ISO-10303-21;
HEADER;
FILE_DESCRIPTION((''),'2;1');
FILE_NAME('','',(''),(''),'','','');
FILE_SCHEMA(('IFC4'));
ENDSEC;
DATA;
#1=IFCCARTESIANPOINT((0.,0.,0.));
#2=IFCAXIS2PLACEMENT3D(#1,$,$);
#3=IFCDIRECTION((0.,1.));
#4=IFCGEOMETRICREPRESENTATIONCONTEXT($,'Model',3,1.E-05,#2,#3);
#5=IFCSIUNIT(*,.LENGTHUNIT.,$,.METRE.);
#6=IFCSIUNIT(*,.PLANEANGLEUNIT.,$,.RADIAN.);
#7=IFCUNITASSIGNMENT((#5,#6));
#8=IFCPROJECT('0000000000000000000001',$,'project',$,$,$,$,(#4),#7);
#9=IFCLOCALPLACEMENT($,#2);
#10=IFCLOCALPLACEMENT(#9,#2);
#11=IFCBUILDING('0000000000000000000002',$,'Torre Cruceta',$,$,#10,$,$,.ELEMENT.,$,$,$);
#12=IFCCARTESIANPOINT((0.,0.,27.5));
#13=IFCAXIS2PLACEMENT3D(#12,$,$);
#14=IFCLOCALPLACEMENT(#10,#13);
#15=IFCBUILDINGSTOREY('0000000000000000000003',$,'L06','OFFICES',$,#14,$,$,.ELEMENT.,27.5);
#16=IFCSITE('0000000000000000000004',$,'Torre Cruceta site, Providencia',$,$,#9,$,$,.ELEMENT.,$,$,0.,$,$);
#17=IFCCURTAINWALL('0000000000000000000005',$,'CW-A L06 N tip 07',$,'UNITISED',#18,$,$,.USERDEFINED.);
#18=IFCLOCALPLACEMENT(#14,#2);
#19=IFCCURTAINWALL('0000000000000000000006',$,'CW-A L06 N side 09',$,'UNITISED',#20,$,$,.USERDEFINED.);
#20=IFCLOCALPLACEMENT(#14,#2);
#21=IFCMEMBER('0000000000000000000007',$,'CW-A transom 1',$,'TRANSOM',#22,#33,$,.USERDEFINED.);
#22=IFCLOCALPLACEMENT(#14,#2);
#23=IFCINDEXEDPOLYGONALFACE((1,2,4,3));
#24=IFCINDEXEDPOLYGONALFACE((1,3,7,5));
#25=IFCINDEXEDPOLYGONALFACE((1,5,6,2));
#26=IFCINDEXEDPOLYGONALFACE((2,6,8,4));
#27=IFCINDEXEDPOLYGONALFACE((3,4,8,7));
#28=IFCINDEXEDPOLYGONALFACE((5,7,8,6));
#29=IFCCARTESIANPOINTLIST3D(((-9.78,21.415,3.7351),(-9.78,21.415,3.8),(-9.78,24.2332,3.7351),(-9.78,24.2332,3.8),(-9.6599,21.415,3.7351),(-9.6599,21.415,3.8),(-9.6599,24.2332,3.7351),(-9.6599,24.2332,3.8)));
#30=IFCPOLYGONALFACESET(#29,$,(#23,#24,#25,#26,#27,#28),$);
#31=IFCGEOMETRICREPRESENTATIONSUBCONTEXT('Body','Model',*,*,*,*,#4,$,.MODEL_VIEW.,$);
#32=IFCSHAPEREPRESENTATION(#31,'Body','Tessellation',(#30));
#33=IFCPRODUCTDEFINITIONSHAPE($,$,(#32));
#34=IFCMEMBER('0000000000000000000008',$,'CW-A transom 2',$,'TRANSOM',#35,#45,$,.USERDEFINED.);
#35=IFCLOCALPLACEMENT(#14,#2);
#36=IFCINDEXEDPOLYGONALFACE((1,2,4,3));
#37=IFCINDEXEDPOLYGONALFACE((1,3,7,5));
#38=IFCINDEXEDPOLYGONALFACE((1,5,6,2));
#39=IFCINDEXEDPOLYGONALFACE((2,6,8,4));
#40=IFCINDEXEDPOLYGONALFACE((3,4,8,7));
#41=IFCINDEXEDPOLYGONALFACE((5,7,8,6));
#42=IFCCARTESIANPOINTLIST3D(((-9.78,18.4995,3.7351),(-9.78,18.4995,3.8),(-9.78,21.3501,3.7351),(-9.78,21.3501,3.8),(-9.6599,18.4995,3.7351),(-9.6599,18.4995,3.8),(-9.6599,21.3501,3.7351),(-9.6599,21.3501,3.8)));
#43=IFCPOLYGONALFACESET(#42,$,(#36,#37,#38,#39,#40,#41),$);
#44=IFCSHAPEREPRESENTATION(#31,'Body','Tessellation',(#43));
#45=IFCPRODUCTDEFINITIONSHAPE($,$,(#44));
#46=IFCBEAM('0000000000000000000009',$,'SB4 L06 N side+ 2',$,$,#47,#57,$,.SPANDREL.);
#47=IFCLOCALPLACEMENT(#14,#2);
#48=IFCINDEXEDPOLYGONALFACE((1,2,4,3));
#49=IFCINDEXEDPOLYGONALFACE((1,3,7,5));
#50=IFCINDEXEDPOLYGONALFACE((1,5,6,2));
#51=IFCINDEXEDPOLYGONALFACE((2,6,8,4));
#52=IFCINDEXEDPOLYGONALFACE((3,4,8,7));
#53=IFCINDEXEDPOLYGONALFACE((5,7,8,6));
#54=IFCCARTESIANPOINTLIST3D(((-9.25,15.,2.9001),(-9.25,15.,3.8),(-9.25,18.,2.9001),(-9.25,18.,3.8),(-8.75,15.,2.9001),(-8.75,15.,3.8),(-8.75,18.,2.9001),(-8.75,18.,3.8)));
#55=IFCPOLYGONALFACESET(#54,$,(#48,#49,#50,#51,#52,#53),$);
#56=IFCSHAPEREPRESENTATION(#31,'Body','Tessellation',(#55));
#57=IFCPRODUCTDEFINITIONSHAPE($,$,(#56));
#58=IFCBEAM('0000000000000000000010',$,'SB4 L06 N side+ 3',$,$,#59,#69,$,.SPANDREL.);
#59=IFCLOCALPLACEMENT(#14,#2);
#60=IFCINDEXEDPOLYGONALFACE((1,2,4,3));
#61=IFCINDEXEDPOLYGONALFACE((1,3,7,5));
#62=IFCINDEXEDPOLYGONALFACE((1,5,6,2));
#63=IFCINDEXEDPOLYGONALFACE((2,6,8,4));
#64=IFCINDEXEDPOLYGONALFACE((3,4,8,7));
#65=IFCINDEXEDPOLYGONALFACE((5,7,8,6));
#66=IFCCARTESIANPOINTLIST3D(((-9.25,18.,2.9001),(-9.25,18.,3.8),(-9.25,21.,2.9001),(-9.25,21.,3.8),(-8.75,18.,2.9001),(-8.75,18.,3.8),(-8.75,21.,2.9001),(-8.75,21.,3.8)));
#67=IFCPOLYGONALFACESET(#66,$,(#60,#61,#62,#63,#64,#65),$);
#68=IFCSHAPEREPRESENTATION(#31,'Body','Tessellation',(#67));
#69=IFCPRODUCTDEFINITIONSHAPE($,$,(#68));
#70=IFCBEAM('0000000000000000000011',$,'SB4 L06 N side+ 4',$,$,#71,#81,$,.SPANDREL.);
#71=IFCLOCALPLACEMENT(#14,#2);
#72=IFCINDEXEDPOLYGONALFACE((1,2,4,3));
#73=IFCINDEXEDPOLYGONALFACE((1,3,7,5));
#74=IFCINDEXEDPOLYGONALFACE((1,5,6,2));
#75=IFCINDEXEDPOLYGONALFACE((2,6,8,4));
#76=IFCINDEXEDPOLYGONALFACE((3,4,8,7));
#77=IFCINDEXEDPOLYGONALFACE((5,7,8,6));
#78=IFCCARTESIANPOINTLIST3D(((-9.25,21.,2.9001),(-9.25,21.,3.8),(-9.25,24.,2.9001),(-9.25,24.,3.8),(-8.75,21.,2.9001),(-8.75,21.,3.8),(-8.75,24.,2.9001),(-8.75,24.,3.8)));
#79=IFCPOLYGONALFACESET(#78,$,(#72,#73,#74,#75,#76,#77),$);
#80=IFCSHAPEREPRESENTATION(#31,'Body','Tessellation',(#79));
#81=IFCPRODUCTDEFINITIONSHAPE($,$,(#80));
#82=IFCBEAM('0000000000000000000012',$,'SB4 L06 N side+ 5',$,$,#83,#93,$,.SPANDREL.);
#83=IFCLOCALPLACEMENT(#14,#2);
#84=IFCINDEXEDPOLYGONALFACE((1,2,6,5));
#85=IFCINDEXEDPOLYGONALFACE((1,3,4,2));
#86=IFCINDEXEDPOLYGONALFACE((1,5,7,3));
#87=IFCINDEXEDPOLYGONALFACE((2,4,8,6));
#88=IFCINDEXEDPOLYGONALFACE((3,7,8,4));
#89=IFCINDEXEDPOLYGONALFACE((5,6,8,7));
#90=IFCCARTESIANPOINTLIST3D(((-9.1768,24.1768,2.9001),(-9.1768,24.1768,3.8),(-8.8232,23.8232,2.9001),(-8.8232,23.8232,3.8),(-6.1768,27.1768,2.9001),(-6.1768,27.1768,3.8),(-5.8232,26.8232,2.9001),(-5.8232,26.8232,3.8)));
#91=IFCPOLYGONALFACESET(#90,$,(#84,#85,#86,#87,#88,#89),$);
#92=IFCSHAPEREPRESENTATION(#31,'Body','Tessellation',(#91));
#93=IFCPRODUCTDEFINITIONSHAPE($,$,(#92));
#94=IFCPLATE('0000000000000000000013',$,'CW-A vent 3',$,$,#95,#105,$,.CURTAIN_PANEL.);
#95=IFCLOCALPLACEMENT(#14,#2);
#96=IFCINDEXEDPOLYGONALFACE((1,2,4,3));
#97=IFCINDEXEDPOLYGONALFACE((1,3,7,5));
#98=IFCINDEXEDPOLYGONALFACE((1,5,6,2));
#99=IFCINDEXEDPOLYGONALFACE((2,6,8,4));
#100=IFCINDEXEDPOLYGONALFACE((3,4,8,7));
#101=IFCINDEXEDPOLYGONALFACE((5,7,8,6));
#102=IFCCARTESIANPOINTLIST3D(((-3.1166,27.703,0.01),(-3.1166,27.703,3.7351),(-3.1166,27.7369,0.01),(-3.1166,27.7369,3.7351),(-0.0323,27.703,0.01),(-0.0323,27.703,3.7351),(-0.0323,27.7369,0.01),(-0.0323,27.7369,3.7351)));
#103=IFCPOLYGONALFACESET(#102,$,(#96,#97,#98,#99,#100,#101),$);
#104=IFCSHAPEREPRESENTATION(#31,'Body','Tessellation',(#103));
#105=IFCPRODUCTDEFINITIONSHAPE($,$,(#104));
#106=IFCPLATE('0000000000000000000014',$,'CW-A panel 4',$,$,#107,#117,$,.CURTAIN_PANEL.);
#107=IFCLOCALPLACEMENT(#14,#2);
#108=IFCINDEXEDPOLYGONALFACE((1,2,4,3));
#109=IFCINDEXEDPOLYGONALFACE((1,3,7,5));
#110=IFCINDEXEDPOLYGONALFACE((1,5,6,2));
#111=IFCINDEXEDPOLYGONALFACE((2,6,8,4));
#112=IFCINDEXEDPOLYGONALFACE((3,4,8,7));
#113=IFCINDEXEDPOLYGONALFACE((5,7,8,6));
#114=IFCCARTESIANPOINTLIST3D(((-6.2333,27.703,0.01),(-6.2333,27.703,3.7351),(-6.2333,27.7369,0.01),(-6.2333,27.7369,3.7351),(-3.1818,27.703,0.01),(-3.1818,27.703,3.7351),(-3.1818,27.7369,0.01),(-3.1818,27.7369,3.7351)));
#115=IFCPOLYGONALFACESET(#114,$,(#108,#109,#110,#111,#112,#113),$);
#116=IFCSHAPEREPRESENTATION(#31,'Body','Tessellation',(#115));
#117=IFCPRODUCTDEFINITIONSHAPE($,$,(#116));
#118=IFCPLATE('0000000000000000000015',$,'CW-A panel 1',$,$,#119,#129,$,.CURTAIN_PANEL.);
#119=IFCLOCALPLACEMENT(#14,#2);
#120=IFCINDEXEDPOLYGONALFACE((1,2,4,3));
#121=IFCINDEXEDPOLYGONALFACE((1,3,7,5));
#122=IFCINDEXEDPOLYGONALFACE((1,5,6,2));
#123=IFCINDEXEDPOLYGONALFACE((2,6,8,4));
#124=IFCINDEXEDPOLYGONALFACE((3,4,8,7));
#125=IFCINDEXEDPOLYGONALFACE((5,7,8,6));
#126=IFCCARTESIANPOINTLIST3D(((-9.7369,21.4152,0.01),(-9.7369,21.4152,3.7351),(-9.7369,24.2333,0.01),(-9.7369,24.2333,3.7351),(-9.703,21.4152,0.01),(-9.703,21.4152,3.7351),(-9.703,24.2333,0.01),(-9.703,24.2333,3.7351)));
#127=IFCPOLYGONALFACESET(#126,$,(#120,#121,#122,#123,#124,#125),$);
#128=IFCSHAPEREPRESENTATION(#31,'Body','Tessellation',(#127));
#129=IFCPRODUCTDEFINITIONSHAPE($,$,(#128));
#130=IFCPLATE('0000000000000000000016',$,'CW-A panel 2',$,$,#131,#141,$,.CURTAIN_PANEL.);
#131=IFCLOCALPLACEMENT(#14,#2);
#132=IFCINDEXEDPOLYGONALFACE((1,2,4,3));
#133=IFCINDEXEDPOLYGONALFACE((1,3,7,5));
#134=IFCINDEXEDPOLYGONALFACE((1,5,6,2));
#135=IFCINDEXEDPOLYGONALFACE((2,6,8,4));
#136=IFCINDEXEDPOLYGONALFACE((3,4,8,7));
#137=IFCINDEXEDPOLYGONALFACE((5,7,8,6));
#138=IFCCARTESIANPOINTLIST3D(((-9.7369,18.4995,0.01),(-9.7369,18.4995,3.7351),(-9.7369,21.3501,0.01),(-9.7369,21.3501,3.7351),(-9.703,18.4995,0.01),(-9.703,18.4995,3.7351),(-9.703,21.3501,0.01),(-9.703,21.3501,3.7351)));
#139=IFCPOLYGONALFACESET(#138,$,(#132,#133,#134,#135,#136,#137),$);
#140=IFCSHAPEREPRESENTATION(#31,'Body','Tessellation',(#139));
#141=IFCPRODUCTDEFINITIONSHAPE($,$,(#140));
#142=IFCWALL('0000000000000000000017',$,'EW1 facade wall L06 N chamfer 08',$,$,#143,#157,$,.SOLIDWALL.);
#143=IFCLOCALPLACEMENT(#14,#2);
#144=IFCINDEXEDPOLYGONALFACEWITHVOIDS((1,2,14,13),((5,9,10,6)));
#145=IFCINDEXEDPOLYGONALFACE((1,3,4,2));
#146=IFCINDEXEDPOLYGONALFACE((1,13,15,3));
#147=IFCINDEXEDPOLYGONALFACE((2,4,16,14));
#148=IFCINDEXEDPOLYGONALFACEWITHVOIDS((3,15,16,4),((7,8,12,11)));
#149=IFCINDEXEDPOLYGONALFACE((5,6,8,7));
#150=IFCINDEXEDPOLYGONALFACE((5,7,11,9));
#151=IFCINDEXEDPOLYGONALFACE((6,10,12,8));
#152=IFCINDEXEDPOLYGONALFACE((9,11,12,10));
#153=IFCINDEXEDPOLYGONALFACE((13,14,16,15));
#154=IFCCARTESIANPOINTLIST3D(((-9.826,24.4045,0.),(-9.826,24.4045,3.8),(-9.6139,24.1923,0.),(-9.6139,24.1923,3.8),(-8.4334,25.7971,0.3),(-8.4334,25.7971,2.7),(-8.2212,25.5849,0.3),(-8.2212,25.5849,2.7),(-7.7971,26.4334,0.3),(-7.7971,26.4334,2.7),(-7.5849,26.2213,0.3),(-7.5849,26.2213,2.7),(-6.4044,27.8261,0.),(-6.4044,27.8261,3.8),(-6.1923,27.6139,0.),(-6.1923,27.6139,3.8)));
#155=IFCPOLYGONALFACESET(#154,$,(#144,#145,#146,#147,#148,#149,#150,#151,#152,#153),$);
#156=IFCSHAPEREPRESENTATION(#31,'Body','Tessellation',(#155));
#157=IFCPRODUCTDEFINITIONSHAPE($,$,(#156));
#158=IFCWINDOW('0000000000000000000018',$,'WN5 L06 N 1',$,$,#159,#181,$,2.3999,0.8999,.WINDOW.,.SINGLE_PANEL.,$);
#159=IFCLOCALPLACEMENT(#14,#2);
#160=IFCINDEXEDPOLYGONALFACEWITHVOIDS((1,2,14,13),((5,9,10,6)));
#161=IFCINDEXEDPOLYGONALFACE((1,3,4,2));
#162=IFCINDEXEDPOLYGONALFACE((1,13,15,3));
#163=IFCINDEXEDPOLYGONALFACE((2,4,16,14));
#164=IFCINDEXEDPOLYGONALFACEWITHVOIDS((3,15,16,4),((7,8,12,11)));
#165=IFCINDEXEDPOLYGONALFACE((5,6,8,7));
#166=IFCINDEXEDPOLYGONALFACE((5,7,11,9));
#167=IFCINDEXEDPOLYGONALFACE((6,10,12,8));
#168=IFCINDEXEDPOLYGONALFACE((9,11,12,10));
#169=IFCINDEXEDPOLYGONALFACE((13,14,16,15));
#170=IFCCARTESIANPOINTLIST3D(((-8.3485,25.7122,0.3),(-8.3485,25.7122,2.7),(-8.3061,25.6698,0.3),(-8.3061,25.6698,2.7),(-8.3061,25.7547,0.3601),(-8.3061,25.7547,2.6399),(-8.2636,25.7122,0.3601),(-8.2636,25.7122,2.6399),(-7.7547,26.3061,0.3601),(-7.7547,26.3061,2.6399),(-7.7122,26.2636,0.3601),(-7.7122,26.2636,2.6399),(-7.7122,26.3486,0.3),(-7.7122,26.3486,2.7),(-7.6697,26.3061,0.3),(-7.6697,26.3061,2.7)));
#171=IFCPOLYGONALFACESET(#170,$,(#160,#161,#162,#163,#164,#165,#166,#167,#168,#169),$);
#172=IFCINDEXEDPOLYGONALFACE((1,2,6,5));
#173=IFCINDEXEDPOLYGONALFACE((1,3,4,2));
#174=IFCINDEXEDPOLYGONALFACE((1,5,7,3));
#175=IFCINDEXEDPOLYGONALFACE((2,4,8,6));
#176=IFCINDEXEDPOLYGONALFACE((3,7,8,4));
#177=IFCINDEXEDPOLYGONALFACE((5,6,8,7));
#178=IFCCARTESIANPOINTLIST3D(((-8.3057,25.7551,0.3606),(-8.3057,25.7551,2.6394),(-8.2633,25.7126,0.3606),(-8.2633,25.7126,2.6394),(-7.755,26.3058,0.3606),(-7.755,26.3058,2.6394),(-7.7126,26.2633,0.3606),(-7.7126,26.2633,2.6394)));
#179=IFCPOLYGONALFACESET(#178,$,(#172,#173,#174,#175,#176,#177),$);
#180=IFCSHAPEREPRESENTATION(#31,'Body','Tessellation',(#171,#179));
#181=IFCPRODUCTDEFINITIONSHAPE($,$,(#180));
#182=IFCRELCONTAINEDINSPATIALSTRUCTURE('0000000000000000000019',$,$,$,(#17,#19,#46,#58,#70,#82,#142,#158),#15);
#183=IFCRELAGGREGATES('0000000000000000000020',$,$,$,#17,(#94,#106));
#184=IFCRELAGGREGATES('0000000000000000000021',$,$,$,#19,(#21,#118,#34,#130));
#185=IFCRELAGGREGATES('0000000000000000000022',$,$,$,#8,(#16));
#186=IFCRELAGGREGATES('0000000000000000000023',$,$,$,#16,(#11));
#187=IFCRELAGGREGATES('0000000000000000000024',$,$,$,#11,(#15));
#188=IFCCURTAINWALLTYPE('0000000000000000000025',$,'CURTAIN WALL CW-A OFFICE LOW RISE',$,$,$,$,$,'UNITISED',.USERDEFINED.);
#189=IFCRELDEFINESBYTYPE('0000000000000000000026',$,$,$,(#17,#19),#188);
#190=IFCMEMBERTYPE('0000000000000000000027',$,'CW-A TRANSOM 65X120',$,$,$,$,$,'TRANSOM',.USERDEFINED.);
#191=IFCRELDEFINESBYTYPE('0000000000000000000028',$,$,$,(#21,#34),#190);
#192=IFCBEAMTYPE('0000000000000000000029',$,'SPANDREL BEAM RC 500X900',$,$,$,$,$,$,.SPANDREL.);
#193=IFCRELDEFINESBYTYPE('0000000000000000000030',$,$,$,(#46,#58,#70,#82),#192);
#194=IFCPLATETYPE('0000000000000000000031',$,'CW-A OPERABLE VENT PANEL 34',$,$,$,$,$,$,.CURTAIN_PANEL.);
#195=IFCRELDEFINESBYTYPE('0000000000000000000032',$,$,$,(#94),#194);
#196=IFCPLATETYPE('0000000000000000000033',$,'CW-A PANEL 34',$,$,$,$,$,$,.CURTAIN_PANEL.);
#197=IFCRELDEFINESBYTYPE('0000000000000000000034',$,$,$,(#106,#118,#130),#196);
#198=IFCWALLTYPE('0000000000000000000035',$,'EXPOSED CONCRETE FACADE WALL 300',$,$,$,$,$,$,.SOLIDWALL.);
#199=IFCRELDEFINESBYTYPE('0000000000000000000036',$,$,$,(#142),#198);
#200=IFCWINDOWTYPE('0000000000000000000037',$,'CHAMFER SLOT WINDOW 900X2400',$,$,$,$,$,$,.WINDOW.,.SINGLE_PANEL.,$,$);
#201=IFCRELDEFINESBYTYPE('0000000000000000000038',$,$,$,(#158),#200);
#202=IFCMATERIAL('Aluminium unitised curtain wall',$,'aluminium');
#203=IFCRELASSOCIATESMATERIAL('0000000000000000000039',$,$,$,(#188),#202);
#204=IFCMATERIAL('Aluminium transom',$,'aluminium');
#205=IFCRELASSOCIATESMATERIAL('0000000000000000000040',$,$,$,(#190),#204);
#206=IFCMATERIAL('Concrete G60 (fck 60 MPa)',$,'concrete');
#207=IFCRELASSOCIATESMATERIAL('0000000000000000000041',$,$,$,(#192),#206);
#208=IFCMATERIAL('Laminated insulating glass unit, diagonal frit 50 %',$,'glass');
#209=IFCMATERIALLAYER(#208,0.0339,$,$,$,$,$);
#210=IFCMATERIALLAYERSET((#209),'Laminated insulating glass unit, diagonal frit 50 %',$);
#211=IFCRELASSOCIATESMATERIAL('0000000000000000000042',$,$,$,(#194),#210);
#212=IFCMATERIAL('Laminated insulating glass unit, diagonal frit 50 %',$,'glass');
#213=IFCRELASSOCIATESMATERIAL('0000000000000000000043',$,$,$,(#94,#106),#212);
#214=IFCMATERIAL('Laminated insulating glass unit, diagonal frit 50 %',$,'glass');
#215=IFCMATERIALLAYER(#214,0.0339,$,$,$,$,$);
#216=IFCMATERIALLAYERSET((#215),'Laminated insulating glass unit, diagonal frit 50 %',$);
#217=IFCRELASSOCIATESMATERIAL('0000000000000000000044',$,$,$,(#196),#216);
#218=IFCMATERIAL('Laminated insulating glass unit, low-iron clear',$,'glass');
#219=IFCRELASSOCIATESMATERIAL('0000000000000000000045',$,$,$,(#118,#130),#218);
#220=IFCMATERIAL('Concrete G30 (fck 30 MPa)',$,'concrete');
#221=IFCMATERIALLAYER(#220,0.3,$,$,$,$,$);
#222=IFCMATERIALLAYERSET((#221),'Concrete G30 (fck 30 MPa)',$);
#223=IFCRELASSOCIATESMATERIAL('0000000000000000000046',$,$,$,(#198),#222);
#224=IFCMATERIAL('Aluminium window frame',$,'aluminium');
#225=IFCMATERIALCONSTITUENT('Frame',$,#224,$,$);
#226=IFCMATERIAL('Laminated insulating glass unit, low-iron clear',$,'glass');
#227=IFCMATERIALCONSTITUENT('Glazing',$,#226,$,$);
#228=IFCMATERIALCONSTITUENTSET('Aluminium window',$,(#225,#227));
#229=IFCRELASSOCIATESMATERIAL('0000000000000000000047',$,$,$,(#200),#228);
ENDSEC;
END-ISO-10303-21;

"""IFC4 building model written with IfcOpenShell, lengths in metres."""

from ifc_helpers import new_model, si_unit, direction, frame, frame_2d, origin, origin_2d, place, context, subcontext, project, spatial, rectangle, hollow_rectangle, extrude, material, layer, layer_set, constituent, constituent_set, material_profile, profile_set, type_object, element, fill, aggregate, save


model = new_model("IFC4")

# Units and contexts
model_context = context("Model", 3, precision=1e-05, world=origin(), true_north=direction((0.0, 1.0)))
body_context = subcontext(model_context, "Body", "Model", "MODEL_VIEW")
ifc_project = project(units=[si_unit("LENGTHUNIT", "METRE"), si_unit("PLANEANGLEUNIT", "RADIAN")], contexts=[model_context])

# Site, building, storey
site_placement = place(None, origin())
site = spatial("IfcSite", under=ifc_project, at=site_placement, Name="Torre Cruceta site, Providencia", CompositionType="ELEMENT", RefElevation=0.0)
building_placement = place(site_placement, origin())
building = spatial("IfcBuilding", under=site, at=building_placement, Name="Torre Cruceta", CompositionType="ELEMENT")
storey_placement = place(building_placement, frame((0.0, 0.0, 27.5)))
storey = spatial("IfcBuildingStorey", under=building, at=storey_placement, Name="L06", Description="OFFICES", CompositionType="ELEMENT", Elevation=27.5)

# Curtain walls
ifc_material_1 = material(Name="Aluminium unitised curtain wall", Category="aluminium")
curtain_wall_type = type_object("IfcCurtainWallType", Name="CURTAIN WALL CW-A OFFICE LOW RISE", ElementType="UNITISED", PredefinedType="USERDEFINED", material=ifc_material_1)
curtain_wall_1_placement = place(storey_placement, origin())
curtain_wall_1 = element("IfcCurtainWall", 1, at=curtain_wall_1_placement, inside=storey, type_object=curtain_wall_type, Name="CW-A L06 N tip 07", ObjectType="UNITISED", PredefinedType="USERDEFINED")
curtain_wall_2_placement = place(storey_placement, origin())
curtain_wall_2 = element("IfcCurtainWall", 2, at=curtain_wall_2_placement, inside=storey, type_object=curtain_wall_type, Name="CW-A L06 N side 09", ObjectType="UNITISED", PredefinedType="USERDEFINED")

# Members
ifc_material_2 = material(Name="Aluminium transom", Category="aluminium")
ifc_material_profile_1 = material_profile(ifc_material_2, rectangle(XDim=0.1201, YDim=0.0649, at=origin_2d()), Name="AL 120X65")
ifc_profile_set_1 = profile_set([ifc_material_profile_1], Name="Aluminium transom")
member_type_1 = type_object("IfcMemberType", Name="CW-A TRANSOM 65X120", ElementType="TRANSOM", PredefinedType="USERDEFINED", material=ifc_profile_set_1)
member_1_placement = place(storey_placement, frame((-9.72, 24.2332, 3.7676), z_axis=(0.0, -1.0, 0.0), x_axis=(1.0, 0.0, 0.0)))
member_1 = element("IfcMember", 3, at=member_1_placement, type_object=member_type_1, Name="CW-A transom 1", ObjectType="TRANSOM", PredefinedType="USERDEFINED", context=body_context, shape_type="SweptSolid", body=[
    extrude(rectangle(XDim=0.1201, YDim=0.0649, at=origin_2d()), origin(), (0.0, 0.0, 1.0), 2.8181),
])
member_2_placement = place(storey_placement, frame((-9.72, 21.3501, 3.7676), z_axis=(0.0, -1.0, 0.0), x_axis=(1.0, 0.0, 0.0)))
member_2 = element("IfcMember", 4, at=member_2_placement, type_object=member_type_1, Name="CW-A transom 2", ObjectType="TRANSOM", PredefinedType="USERDEFINED", context=body_context, shape_type="SweptSolid", body=[
    extrude(rectangle(XDim=0.1201, YDim=0.0649, at=origin_2d()), origin(), (0.0, 0.0, 1.0), 2.8506),
])

# Beams
ifc_material_3 = material(Name="Concrete G60 (fck 60 MPa)", Category="concrete")
ifc_material_profile_2 = material_profile(ifc_material_3, rectangle(XDim=0.5, YDim=0.8999, at=origin_2d()), Name="RC 500X900")
ifc_profile_set_2 = profile_set([ifc_material_profile_2], Name="Concrete G60 (fck 60 MPa)")
beam_type_1 = type_object("IfcBeamType", Name="SPANDREL BEAM RC 500X900", PredefinedType="SPANDREL", material=ifc_profile_set_2)
for number, where, z_axis, x_axis, name in (
    (5, (-9.0, 15.0, 3.3501), (0.0, 1.0, 0.0), (-1.0, 0.0, 0.0), "SB4 L06 N side+ 2"),
    (6, (-9.0, 18.0, 3.3501), (0.0, 1.0, 0.0), (-1.0, 0.0, 0.0), "SB4 L06 N side+ 3"),
    (7, (-9.0, 21.0, 3.3501), (0.0, 1.0, 0.0), (-1.0, 0.0, 0.0), "SB4 L06 N side+ 4"),
):
    element("IfcBeam", number, at=place(storey_placement, frame(where, z_axis=z_axis, x_axis=x_axis)), inside=storey, type_object=beam_type_1, Name=name, PredefinedType="SPANDREL", context=body_context, shape_type="SweptSolid", body=[
        extrude(rectangle(XDim=0.5, YDim=0.8999, at=origin_2d()), origin(), (0.0, 0.0, 1.0), 3.0),
    ])
beam_placement = place(storey_placement, frame((-9.0, 24.0, 3.3501), z_axis=(0.707107, 0.707107, 0.0), x_axis=(-0.707107, 0.707107, 0.0)))
element("IfcBeam", 8, at=beam_placement, inside=storey, type_object=beam_type_1, Name="SB4 L06 N side+ 5", PredefinedType="SPANDREL", context=body_context, shape_type="SweptSolid", body=[
    extrude(rectangle(XDim=0.5, YDim=0.8999, at=origin_2d()), origin(), (0.0, 0.0, 1.0), 4.2427),
])

# Plates
ifc_material_4 = material(Name="Laminated insulating glass unit, diagonal frit 50 %", Category="glass")
ifc_material_5 = material(Name="Laminated insulating glass unit, diagonal frit 50 %", Category="glass")
ifc_layer_1 = layer(ifc_material_5, 0.0339)
ifc_layer_set_1 = layer_set([ifc_layer_1], Name="Laminated insulating glass unit, diagonal frit 50 %")
plate_type_1 = type_object("IfcPlateType", Name="CW-A OPERABLE VENT PANEL 34", PredefinedType="CURTAIN_PANEL", material=ifc_layer_set_1)
plate_1_placement = place(storey_placement, frame((-1.5745, 27.72, 0.01), z_axis=(0.0, 0.0, 1.0), x_axis=(-1.0, 0.0, 0.0)))
plate_1 = element("IfcPlate", 9, at=plate_1_placement, type_object=plate_type_1, material=ifc_material_4, Name="CW-A vent 3", PredefinedType="CURTAIN_PANEL", context=body_context, shape_type="SweptSolid", body=[
    extrude(rectangle(XDim=3.0842, YDim=0.0339, at=origin_2d()), origin(), (0.0, 0.0, 1.0), 3.7251),
])
ifc_material_6 = material(Name="Laminated insulating glass unit, diagonal frit 50 %", Category="glass")
ifc_layer_2 = layer(ifc_material_6, 0.0339)
ifc_layer_set_2 = layer_set([ifc_layer_2], Name="Laminated insulating glass unit, diagonal frit 50 %")
plate_type_2 = type_object("IfcPlateType", Name="CW-A PANEL 34", PredefinedType="CURTAIN_PANEL", material=ifc_layer_set_2)
plate_2_placement = place(storey_placement, frame((-4.7075, 27.72, 0.01), z_axis=(0.0, 0.0, 1.0), x_axis=(-1.0, 0.0, 0.0)))
plate_2 = element("IfcPlate", 10, at=plate_2_placement, type_object=plate_type_2, material=ifc_material_4, Name="CW-A panel 4", PredefinedType="CURTAIN_PANEL", context=body_context, shape_type="SweptSolid", body=[
    extrude(rectangle(XDim=3.0515, YDim=0.0339, at=origin_2d()), origin(), (0.0, 0.0, 1.0), 3.7251),
])
aggregate(curtain_wall_1, [plate_1, plate_2])
ifc_material_7 = material(Name="Laminated insulating glass unit, low-iron clear", Category="glass")
plate_3_placement = place(storey_placement, frame((-9.72, 22.8242, 0.01), z_axis=(0.0, 0.0, 1.0), x_axis=(0.0, -1.0, 0.0)))
plate_3 = element("IfcPlate", 11, at=plate_3_placement, type_object=plate_type_2, material=ifc_material_7, Name="CW-A panel 1", PredefinedType="CURTAIN_PANEL", context=body_context, shape_type="SweptSolid", body=[
    extrude(rectangle(XDim=2.8181, YDim=0.0339, at=origin_2d()), origin(), (0.0, 0.0, 1.0), 3.7251),
])
plate_4_placement = place(storey_placement, frame((-9.72, 19.9248, 0.01), z_axis=(0.0, 0.0, 1.0), x_axis=(0.0, -1.0, 0.0)))
plate_4 = element("IfcPlate", 12, at=plate_4_placement, type_object=plate_type_2, material=ifc_material_7, Name="CW-A panel 2", PredefinedType="CURTAIN_PANEL", context=body_context, shape_type="SweptSolid", body=[
    extrude(rectangle(XDim=2.8506, YDim=0.0339, at=origin_2d()), origin(), (0.0, 0.0, 1.0), 3.7251),
])
aggregate(curtain_wall_2, [member_1, plate_3, member_2, plate_4])

# Wall, opening, window
ifc_material_8 = material(Name="Concrete G30 (fck 30 MPa)", Category="concrete")
ifc_layer_3 = layer(ifc_material_8, 0.3)
ifc_layer_set_3 = layer_set([ifc_layer_3], Name="Concrete G30 (fck 30 MPa)")
wall_type_1 = type_object("IfcWallType", Name="EXPOSED CONCRETE FACADE WALL 300", PredefinedType="SOLIDWALL", material=ifc_layer_set_3)
wall_1_placement = place(storey_placement, frame((-6.2983, 27.72, 0.0), z_axis=(0.0, 0.0, 1.0), x_axis=(-0.707107, -0.707107, 0.0)))
wall_1 = element("IfcWall", 13, at=wall_1_placement, inside=storey, type_object=wall_type_1, Name="EW1 facade wall L06 N chamfer 08", PredefinedType="SOLIDWALL", context=body_context, shape_type="SweptSolid", body=[
    extrude(rectangle(XDim=4.8389, YDim=0.3, at=frame_2d((2.4194, 0.0))), origin(), (0.0, 0.0, 1.0), 3.8),
])
opening_1_placement = place(wall_1_placement, frame((1.9695, 0.0, 0.3)))
opening_1 = element("IfcOpeningElement", 14, at=opening_1_placement, cuts=wall_1, PredefinedType="OPENING", context=body_context, shape_type="SweptSolid", body=[
    extrude(rectangle(XDim=0.8999, YDim=2.3999, at=frame_2d((0.45, 1.2))), frame((0.0, 0.1599, 0.0), z_axis=(0.0, -1.0, 0.0), x_axis=(1.0, 0.0, 0.0)), (0.0, 0.0, 1.0), 0.3201),
])
ifc_material_9 = material(Name="Aluminium window frame", Category="aluminium")
ifc_constituent_1 = constituent(ifc_material_9, Name="Frame")
ifc_material_10 = material(Name="Laminated insulating glass unit, low-iron clear", Category="glass")
ifc_constituent_2 = constituent(ifc_material_10, Name="Glazing")
ifc_constituent_set_1 = constituent_set(constituents=[ifc_constituent_1, ifc_constituent_2], Name="Aluminium window")
window_type = type_object("IfcWindowType", Name="CHAMFER SLOT WINDOW 900X2400", PartitioningType="SINGLE_PANEL", PredefinedType="WINDOW", material=ifc_constituent_set_1)
window_placement = place(opening_1_placement, origin())
window = element("IfcWindow", 15, at=window_placement, inside=storey, type_object=window_type, Name="WN5 L06 N 1", OverallHeight=2.3999, OverallWidth=0.8999, PartitioningType="SINGLE_PANEL", PredefinedType="WINDOW", context=body_context, shape_type="SweptSolid", body=[
    extrude(hollow_rectangle(XDim=0.8999, YDim=2.3999, WallThickness=0.0601, at=frame_2d((0.45, 1.2))), frame((0.0, 0.03, 0.0), z_axis=(0.0, -1.0, 0.0), x_axis=(1.0, 0.0, 0.0)), (0.0, 0.0, 1.0), 0.0601),
    extrude(rectangle(XDim=0.7788, YDim=2.2788, at=frame_2d((0.45, 1.2))), frame((0.0, 0.03, 0.0), z_axis=(0.0, -1.0, 0.0), x_axis=(1.0, 0.0, 0.0)), (0.0, 0.0, 1.0), 0.0601),
])
fill(opening_1, window)

save(model, "model.ifc")
